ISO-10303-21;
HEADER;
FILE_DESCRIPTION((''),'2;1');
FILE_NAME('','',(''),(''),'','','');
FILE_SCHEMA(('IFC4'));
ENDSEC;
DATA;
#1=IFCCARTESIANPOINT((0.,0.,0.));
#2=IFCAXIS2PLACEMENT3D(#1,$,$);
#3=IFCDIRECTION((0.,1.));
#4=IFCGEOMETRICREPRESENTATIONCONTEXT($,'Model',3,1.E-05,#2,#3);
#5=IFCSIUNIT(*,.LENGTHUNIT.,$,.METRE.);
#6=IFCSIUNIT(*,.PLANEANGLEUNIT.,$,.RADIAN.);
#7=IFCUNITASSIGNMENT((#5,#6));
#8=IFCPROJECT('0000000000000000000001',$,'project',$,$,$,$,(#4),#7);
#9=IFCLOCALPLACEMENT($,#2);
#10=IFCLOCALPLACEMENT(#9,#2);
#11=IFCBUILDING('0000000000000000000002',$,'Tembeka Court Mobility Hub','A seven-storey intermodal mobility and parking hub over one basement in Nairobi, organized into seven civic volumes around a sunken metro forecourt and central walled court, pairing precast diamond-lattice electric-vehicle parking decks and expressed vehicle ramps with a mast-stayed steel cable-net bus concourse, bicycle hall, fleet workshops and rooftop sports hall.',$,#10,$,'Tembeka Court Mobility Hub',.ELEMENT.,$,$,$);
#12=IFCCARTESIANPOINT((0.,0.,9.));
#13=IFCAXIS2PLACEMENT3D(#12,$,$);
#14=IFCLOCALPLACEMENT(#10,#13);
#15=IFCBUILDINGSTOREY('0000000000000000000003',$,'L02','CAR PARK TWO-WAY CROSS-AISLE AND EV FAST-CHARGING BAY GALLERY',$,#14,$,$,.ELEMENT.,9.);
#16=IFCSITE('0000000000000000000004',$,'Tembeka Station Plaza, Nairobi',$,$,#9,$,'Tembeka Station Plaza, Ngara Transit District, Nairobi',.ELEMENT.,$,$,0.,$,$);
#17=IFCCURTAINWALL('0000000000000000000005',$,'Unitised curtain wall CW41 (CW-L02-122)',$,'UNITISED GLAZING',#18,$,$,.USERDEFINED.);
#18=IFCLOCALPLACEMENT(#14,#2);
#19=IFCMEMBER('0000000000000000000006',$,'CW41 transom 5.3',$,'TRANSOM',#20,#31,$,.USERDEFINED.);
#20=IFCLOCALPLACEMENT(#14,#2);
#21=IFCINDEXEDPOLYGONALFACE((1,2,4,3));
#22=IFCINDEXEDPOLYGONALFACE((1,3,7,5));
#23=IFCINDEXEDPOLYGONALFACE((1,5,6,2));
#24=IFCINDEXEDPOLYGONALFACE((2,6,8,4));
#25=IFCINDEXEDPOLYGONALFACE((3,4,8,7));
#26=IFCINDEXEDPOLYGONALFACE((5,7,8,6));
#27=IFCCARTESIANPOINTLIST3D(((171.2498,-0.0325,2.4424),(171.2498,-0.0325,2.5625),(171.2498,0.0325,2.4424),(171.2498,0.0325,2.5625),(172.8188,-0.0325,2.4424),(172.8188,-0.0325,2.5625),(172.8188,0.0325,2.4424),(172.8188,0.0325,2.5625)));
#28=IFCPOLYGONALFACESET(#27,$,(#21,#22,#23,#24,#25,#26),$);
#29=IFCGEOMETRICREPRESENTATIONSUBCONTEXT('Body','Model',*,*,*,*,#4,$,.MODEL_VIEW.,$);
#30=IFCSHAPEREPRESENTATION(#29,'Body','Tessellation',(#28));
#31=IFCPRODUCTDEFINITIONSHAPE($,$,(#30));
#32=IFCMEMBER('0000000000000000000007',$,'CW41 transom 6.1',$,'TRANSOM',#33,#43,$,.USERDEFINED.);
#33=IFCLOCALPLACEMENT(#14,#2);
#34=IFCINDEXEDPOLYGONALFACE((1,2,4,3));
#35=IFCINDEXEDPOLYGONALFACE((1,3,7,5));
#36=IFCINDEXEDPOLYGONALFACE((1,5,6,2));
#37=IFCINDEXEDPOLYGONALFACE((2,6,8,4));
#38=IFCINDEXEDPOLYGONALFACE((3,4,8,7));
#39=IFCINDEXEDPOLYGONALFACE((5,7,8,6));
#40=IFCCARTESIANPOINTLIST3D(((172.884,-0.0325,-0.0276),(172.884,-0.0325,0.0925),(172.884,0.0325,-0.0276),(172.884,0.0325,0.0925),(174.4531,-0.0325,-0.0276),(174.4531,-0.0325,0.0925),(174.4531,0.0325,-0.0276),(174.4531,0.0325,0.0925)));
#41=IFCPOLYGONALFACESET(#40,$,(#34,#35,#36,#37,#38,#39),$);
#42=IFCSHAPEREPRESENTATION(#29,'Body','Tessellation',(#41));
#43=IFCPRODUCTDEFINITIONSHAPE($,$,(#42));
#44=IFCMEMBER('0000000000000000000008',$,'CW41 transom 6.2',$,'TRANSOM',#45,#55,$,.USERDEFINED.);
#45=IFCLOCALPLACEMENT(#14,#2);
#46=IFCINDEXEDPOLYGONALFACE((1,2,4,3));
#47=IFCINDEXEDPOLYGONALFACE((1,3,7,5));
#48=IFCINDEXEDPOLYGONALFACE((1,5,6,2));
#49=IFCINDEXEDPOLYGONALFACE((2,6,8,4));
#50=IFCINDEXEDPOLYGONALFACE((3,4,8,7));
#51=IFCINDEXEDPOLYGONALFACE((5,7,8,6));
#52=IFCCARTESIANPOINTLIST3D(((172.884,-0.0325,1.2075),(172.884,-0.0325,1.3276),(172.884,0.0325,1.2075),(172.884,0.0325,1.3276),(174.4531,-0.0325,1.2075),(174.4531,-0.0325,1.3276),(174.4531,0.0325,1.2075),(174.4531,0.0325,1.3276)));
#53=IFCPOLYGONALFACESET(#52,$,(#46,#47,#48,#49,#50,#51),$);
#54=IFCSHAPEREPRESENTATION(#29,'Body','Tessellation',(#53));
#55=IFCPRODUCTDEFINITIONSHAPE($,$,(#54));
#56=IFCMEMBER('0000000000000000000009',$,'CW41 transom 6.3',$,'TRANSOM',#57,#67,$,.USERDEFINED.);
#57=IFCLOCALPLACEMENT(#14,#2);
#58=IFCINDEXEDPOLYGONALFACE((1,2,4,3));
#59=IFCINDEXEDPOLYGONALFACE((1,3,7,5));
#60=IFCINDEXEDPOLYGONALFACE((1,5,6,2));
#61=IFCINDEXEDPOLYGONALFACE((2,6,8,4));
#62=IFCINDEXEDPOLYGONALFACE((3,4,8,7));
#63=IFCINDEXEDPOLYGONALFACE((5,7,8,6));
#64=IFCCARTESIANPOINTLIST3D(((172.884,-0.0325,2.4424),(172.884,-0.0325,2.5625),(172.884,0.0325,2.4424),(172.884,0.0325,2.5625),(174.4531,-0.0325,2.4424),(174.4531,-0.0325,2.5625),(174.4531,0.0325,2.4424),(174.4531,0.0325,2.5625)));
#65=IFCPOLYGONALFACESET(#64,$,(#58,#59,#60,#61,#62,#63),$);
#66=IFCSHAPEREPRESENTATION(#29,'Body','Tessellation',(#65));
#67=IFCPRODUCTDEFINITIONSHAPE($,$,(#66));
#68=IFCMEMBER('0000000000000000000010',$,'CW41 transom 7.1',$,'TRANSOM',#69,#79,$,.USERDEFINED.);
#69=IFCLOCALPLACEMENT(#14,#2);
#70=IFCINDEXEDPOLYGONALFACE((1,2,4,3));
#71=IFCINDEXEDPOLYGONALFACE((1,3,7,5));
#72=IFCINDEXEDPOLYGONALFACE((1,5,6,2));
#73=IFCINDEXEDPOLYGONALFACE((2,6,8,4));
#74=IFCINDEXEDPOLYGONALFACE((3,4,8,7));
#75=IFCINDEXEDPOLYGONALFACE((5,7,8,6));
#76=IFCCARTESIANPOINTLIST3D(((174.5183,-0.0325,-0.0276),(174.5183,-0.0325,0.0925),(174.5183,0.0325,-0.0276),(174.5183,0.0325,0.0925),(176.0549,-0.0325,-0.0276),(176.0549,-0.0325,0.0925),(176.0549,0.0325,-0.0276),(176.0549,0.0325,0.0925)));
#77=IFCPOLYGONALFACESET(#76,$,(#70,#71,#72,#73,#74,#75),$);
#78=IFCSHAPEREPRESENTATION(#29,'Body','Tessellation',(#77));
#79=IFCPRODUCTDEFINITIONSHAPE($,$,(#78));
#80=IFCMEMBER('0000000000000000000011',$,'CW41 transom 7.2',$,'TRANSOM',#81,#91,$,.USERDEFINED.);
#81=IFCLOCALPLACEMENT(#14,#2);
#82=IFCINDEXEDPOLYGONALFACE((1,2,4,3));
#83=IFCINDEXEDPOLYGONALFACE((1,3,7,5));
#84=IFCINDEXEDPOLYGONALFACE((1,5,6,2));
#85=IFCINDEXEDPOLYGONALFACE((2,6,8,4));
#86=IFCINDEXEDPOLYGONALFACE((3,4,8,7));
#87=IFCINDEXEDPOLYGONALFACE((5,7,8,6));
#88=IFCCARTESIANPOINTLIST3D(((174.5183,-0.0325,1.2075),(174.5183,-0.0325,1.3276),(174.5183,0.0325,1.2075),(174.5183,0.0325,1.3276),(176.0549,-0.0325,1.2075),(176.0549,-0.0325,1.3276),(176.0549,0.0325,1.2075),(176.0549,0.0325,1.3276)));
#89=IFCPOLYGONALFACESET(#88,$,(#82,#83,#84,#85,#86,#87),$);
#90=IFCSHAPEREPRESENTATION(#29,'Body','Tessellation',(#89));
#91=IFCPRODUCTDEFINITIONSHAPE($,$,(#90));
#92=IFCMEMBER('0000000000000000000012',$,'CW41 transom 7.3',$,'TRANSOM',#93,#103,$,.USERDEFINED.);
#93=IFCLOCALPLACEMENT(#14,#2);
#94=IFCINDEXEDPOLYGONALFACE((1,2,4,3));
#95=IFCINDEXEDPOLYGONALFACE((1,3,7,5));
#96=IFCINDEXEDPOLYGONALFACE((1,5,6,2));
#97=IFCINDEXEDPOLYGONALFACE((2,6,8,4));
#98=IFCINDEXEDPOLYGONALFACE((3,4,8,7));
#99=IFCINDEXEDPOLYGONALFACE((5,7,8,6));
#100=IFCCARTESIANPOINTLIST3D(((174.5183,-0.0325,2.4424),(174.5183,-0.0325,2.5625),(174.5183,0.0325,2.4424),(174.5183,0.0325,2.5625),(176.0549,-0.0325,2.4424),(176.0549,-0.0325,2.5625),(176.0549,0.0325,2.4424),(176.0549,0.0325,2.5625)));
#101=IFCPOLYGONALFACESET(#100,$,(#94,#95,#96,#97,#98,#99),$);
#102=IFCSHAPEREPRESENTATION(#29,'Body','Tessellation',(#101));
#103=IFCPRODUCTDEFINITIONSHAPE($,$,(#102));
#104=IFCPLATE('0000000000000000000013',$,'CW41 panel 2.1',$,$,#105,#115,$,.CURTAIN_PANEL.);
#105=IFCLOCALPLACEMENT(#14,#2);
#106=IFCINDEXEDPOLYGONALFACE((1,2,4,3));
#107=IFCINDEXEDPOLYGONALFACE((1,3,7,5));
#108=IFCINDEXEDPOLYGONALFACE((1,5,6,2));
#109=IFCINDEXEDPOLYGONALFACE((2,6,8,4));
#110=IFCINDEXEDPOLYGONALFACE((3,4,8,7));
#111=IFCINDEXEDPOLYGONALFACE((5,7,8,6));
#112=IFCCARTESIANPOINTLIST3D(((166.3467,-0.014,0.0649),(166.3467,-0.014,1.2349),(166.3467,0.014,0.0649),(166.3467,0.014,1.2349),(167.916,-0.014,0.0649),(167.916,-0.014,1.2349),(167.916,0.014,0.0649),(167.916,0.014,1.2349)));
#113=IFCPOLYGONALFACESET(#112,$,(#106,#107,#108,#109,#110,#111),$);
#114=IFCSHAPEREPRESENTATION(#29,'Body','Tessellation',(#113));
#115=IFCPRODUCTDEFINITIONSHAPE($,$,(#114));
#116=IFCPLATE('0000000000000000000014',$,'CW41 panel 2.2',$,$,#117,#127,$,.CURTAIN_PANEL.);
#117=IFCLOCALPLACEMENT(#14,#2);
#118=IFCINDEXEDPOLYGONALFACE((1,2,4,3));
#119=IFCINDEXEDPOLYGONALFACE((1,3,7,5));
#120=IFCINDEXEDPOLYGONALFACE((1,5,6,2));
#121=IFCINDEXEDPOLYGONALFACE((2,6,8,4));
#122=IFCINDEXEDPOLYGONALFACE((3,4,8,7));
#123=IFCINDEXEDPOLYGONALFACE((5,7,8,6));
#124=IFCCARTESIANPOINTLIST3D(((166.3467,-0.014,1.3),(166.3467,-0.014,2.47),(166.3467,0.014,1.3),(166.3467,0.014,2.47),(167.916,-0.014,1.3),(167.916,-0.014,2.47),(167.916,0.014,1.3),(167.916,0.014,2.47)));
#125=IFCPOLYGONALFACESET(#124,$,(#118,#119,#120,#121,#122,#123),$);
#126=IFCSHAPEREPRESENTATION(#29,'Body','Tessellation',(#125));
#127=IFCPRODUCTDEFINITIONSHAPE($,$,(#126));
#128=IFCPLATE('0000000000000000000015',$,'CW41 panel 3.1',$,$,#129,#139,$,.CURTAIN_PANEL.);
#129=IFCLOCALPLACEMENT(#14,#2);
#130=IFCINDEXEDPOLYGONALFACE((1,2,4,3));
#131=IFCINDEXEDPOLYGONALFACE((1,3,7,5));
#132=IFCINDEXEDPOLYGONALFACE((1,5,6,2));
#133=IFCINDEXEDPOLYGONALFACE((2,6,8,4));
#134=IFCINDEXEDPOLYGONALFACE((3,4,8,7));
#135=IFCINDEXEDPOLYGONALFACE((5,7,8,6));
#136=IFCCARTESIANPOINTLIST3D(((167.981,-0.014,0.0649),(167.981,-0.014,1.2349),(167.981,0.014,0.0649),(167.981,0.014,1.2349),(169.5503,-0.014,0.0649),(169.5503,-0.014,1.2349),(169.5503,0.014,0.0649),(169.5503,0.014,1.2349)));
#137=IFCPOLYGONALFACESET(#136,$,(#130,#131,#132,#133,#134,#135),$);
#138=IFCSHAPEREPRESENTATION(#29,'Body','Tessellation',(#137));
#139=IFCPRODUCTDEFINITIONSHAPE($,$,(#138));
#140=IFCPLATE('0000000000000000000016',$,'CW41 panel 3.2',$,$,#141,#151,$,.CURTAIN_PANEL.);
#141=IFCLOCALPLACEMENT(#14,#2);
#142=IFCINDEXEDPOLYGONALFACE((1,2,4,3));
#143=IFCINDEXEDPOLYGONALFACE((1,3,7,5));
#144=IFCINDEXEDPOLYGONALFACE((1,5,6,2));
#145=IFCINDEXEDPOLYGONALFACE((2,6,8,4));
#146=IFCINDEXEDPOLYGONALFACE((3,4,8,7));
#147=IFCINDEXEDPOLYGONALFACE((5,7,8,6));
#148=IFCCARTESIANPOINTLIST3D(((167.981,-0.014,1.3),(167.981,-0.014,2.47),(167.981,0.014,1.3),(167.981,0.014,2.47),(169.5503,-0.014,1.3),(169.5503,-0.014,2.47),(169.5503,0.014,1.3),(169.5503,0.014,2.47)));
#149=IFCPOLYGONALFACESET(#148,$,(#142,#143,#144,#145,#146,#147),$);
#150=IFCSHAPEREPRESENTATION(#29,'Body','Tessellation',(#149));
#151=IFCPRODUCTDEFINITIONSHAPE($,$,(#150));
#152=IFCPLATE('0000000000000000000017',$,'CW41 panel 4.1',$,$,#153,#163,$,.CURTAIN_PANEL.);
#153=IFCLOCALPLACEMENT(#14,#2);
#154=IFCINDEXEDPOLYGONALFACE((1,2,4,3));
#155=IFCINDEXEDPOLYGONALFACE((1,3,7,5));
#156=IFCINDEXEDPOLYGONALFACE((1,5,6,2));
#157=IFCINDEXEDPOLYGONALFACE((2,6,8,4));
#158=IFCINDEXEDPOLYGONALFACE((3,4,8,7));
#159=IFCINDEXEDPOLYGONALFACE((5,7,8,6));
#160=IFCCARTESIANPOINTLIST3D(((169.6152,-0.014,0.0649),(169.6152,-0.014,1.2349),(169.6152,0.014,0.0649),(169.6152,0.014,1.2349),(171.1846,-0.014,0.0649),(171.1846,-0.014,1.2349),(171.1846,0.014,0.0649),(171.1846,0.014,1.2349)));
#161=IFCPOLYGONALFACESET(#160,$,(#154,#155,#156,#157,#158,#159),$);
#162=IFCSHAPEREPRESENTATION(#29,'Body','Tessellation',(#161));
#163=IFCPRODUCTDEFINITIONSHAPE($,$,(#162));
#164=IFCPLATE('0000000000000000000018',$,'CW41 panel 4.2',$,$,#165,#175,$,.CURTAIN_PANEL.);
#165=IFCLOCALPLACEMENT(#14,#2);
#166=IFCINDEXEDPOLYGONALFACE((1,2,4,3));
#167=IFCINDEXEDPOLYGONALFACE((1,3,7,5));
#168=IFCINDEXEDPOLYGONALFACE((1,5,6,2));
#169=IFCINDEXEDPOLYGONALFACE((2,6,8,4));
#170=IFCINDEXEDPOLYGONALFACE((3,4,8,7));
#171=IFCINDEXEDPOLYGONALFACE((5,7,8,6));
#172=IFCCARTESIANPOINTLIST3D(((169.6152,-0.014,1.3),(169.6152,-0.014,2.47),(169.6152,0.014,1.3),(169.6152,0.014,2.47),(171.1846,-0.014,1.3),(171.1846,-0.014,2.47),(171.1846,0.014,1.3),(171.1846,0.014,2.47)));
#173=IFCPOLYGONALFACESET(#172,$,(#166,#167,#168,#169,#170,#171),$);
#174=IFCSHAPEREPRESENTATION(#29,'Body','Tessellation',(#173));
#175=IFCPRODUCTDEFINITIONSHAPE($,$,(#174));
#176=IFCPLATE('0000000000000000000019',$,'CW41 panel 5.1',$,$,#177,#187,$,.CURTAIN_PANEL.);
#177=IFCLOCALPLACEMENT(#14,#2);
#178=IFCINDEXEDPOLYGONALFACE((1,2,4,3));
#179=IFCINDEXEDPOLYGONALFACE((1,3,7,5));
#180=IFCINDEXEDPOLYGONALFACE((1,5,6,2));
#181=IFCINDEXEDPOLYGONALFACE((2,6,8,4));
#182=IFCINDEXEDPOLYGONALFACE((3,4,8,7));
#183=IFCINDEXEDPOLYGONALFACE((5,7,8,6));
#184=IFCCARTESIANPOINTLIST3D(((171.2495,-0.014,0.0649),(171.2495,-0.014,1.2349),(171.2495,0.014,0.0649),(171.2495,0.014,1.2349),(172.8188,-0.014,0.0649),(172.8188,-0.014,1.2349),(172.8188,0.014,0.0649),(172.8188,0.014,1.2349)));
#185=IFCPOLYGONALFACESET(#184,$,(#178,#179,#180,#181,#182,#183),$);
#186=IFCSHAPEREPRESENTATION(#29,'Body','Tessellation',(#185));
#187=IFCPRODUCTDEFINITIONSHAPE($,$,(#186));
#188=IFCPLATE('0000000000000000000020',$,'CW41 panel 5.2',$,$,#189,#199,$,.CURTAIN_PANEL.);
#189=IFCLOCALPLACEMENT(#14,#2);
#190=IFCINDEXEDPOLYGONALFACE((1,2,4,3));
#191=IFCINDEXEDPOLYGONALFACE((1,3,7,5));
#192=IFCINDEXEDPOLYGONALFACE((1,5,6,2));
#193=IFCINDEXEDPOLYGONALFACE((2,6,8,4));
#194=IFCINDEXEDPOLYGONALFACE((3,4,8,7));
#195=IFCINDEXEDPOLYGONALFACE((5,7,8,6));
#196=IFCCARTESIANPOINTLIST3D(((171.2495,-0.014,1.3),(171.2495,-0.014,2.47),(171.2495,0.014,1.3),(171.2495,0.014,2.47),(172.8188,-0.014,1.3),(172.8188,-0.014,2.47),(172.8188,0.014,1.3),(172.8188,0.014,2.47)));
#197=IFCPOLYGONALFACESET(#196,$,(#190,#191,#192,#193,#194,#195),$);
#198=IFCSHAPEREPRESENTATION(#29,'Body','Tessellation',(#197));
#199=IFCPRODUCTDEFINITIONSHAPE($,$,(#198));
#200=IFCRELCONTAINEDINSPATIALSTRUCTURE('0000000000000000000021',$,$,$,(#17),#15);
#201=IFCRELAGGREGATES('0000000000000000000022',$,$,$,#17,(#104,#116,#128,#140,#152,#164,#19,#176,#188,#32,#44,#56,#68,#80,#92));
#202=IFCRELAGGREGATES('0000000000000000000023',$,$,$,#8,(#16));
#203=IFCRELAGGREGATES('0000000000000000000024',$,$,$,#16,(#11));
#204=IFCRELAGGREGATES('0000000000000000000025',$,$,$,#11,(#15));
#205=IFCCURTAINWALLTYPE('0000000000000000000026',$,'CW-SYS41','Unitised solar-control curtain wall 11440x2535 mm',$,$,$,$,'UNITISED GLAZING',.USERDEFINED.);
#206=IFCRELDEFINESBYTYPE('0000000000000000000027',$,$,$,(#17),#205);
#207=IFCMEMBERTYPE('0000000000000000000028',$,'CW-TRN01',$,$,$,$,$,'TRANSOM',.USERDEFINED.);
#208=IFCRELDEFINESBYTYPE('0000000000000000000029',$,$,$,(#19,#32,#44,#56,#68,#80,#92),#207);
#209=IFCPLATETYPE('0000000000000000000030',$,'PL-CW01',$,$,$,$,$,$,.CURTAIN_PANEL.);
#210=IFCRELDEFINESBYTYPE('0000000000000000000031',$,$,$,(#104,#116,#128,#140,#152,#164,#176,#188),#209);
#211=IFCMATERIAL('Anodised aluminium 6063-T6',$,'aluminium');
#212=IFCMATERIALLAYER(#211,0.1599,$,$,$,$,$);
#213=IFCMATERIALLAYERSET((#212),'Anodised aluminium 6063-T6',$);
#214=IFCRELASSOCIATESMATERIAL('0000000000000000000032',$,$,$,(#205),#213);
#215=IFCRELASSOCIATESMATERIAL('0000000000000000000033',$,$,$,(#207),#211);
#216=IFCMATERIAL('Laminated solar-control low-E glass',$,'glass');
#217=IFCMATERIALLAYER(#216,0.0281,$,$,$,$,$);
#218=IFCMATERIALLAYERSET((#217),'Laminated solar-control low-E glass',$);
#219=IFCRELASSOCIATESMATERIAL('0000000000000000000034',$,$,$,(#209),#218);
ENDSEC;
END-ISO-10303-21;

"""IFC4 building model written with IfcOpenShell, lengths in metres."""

from ifc_helpers import new_model, si_unit, direction, frame, origin, origin_2d, place, context, subcontext, project, spatial, rectangle, extrude, material, layer, layer_set, material_profile, profile_set, type_object, element, aggregate, save


model = new_model("IFC4")

# Units and contexts
model_context = context("Model", 3, precision=1e-05, world=origin(), true_north=direction((0.0, 1.0)))
body_context = subcontext(model_context, "Body", "Model", "MODEL_VIEW")
ifc_project = project(units=[si_unit("LENGTHUNIT", "METRE"), si_unit("PLANEANGLEUNIT", "RADIAN")], contexts=[model_context])

# Site, building, storey
site_placement = place(None, origin())
site = spatial("IfcSite", under=ifc_project, at=site_placement, Name="Tembeka Station Plaza, Nairobi", LongName="Tembeka Station Plaza, Ngara Transit District, Nairobi", CompositionType="ELEMENT", RefElevation=0.0)
building_placement = place(site_placement, origin())
building = spatial("IfcBuilding", under=site, at=building_placement, Name="Tembeka Court Mobility Hub", Description="A seven-storey intermodal mobility and parking hub over one basement in Nairobi, organized into seven civic volumes around a sunken metro forecourt and central walled court, pairing precast diamond-lattice electric-vehicle parking decks and expressed vehicle ramps with a mast-stayed steel cable-net bus concourse, bicycle hall, fleet workshops and rooftop sports hall.", LongName="Tembeka Court Mobility Hub", CompositionType="ELEMENT")
storey_placement = place(building_placement, frame((0.0, 0.0, 9.0)))
storey = spatial("IfcBuildingStorey", under=building, at=storey_placement, Name="L02", Description="CAR PARK TWO-WAY CROSS-AISLE AND EV FAST-CHARGING BAY GALLERY", CompositionType="ELEMENT", Elevation=9.0)

# Curtain wall, members, plates
ifc_material_1 = material(Name="Anodised aluminium 6063-T6", Category="aluminium")
ifc_layer_1 = layer(ifc_material_1, 0.1599)
ifc_layer_set_1 = layer_set([ifc_layer_1], Name="Anodised aluminium 6063-T6")
curtain_wall_type = type_object("IfcCurtainWallType", Name="CW-SYS41", Description="Unitised solar-control curtain wall 11440x2535 mm", ElementType="UNITISED GLAZING", PredefinedType="USERDEFINED", material=ifc_layer_set_1)
curtain_wall_placement = place(storey_placement, origin())
curtain_wall = element("IfcCurtainWall", 1, at=curtain_wall_placement, inside=storey, type_object=curtain_wall_type, Name="Unitised curtain wall CW41 (CW-L02-122)", ObjectType="UNITISED GLAZING", PredefinedType="USERDEFINED")
ifc_material_profile_1 = material_profile(ifc_material_1, rectangle(XDim=0.0649, YDim=0.1201, at=origin_2d()), Name="ALU-TRN 65x120")
ifc_profile_set_1 = profile_set([ifc_material_profile_1], Name="Anodised aluminium 6063-T6")
member_type_1 = type_object("IfcMemberType", Name="CW-TRN01", ElementType="TRANSOM", PredefinedType="USERDEFINED", material=ifc_profile_set_1)
member_1_placement = place(storey_placement, frame((171.2498, 0.0, 2.5024), z_axis=(1.0, 0.0, 0.0), x_axis=(0.0, 1.0, 0.0)))
member_1 = element("IfcMember", 2, at=member_1_placement, type_object=member_type_1, Name="CW41 transom 5.3", ObjectType="TRANSOM", PredefinedType="USERDEFINED", context=body_context, shape_type="SweptSolid", body=[
    extrude(rectangle(XDim=0.0649, YDim=0.1201, at=origin_2d()), origin(), (0.0, 0.0, 1.0), 1.5691),
])
member_2_placement = place(storey_placement, frame((172.884, 0.0, 0.0325), z_axis=(1.0, 0.0, 0.0), x_axis=(0.0, 1.0, 0.0)))
member_2 = element("IfcMember", 3, at=member_2_placement, type_object=member_type_1, Name="CW41 transom 6.1", ObjectType="TRANSOM", PredefinedType="USERDEFINED", context=body_context, shape_type="SweptSolid", body=[
    extrude(rectangle(XDim=0.0649, YDim=0.1201, at=origin_2d()), origin(), (0.0, 0.0, 1.0), 1.5691),
])
member_3_placement = place(storey_placement, frame((172.884, 0.0, 1.2676), z_axis=(1.0, 0.0, 0.0), x_axis=(0.0, 1.0, 0.0)))
member_3 = element("IfcMember", 4, at=member_3_placement, type_object=member_type_1, Name="CW41 transom 6.2", ObjectType="TRANSOM", PredefinedType="USERDEFINED", context=body_context, shape_type="SweptSolid", body=[
    extrude(rectangle(XDim=0.0649, YDim=0.1201, at=origin_2d()), origin(), (0.0, 0.0, 1.0), 1.5691),
])
member_4_placement = place(storey_placement, frame((172.884, 0.0, 2.5024), z_axis=(1.0, 0.0, 0.0), x_axis=(0.0, 1.0, 0.0)))
member_4 = element("IfcMember", 5, at=member_4_placement, type_object=member_type_1, Name="CW41 transom 6.3", ObjectType="TRANSOM", PredefinedType="USERDEFINED", context=body_context, shape_type="SweptSolid", body=[
    extrude(rectangle(XDim=0.0649, YDim=0.1201, at=origin_2d()), origin(), (0.0, 0.0, 1.0), 1.5691),
])
member_5_placement = place(storey_placement, frame((174.5183, 0.0, 0.0325), z_axis=(1.0, 0.0, 0.0), x_axis=(0.0, 1.0, 0.0)))
member_5 = element("IfcMember", 6, at=member_5_placement, type_object=member_type_1, Name="CW41 transom 7.1", ObjectType="TRANSOM", PredefinedType="USERDEFINED", context=body_context, shape_type="SweptSolid", body=[
    extrude(rectangle(XDim=0.0649, YDim=0.1201, at=origin_2d()), origin(), (0.0, 0.0, 1.0), 1.5366),
])
member_6_placement = place(storey_placement, frame((174.5183, 0.0, 1.2676), z_axis=(1.0, 0.0, 0.0), x_axis=(0.0, 1.0, 0.0)))
member_6 = element("IfcMember", 7, at=member_6_placement, type_object=member_type_1, Name="CW41 transom 7.2", ObjectType="TRANSOM", PredefinedType="USERDEFINED", context=body_context, shape_type="SweptSolid", body=[
    extrude(rectangle(XDim=0.0649, YDim=0.1201, at=origin_2d()), origin(), (0.0, 0.0, 1.0), 1.5366),
])
member_7_placement = place(storey_placement, frame((174.5183, 0.0, 2.5024), z_axis=(1.0, 0.0, 0.0), x_axis=(0.0, 1.0, 0.0)))
member_7 = element("IfcMember", 8, at=member_7_placement, type_object=member_type_1, Name="CW41 transom 7.3", ObjectType="TRANSOM", PredefinedType="USERDEFINED", context=body_context, shape_type="SweptSolid", body=[
    extrude(rectangle(XDim=0.0649, YDim=0.1201, at=origin_2d()), origin(), (0.0, 0.0, 1.0), 1.5366),
])
ifc_material_2 = material(Name="Laminated solar-control low-E glass", Category="glass")
ifc_layer_2 = layer(ifc_material_2, 0.0281)
ifc_layer_set_2 = layer_set([ifc_layer_2], Name="Laminated solar-control low-E glass")
plate_type = type_object("IfcPlateType", Name="PL-CW01", PredefinedType="CURTAIN_PANEL", material=ifc_layer_set_2)
plate_1_placement = place(storey_placement, frame((167.1313, 0.0, 0.0649), z_axis=(0.0, 0.0, 1.0), x_axis=(1.0, 0.0, 0.0)))
plate_1 = element("IfcPlate", 9, at=plate_1_placement, type_object=plate_type, Name="CW41 panel 2.1", PredefinedType="CURTAIN_PANEL", context=body_context, shape_type="SweptSolid", body=[
    extrude(rectangle(XDim=1.5693, YDim=0.0281, at=origin_2d()), origin(), (0.0, 0.0, 1.0), 1.1699),
])
plate_2_placement = place(storey_placement, frame((167.1313, 0.0, 1.3), z_axis=(0.0, 0.0, 1.0), x_axis=(1.0, 0.0, 0.0)))
plate_2 = element("IfcPlate", 10, at=plate_2_placement, type_object=plate_type, Name="CW41 panel 2.2", PredefinedType="CURTAIN_PANEL", context=body_context, shape_type="SweptSolid", body=[
    extrude(rectangle(XDim=1.5693, YDim=0.0281, at=origin_2d()), origin(), (0.0, 0.0, 1.0), 1.1699),
])
plate_3_placement = place(storey_placement, frame((168.7656, 0.0, 0.0649), z_axis=(0.0, 0.0, 1.0), x_axis=(1.0, 0.0, 0.0)))
plate_3 = element("IfcPlate", 11, at=plate_3_placement, type_object=plate_type, Name="CW41 panel 3.1", PredefinedType="CURTAIN_PANEL", context=body_context, shape_type="SweptSolid", body=[
    extrude(rectangle(XDim=1.5693, YDim=0.0281, at=origin_2d()), origin(), (0.0, 0.0, 1.0), 1.1699),
])
plate_4_placement = place(storey_placement, frame((168.7656, 0.0, 1.3), z_axis=(0.0, 0.0, 1.0), x_axis=(1.0, 0.0, 0.0)))
plate_4 = element("IfcPlate", 12, at=plate_4_placement, type_object=plate_type, Name="CW41 panel 3.2", PredefinedType="CURTAIN_PANEL", context=body_context, shape_type="SweptSolid", body=[
    extrude(rectangle(XDim=1.5693, YDim=0.0281, at=origin_2d()), origin(), (0.0, 0.0, 1.0), 1.1699),
])
plate_5_placement = place(storey_placement, frame((170.3999, 0.0, 0.0649), z_axis=(0.0, 0.0, 1.0), x_axis=(1.0, 0.0, 0.0)))
plate_5 = element("IfcPlate", 13, at=plate_5_placement, type_object=plate_type, Name="CW41 panel 4.1", PredefinedType="CURTAIN_PANEL", context=body_context, shape_type="SweptSolid", body=[
    extrude(rectangle(XDim=1.5693, YDim=0.0281, at=origin_2d()), origin(), (0.0, 0.0, 1.0), 1.1699),
])
plate_6_placement = place(storey_placement, frame((170.3999, 0.0, 1.3), z_axis=(0.0, 0.0, 1.0), x_axis=(1.0, 0.0, 0.0)))
plate_6 = element("IfcPlate", 14, at=plate_6_placement, type_object=plate_type, Name="CW41 panel 4.2", PredefinedType="CURTAIN_PANEL", context=body_context, shape_type="SweptSolid", body=[
    extrude(rectangle(XDim=1.5693, YDim=0.0281, at=origin_2d()), origin(), (0.0, 0.0, 1.0), 1.1699),
])
plate_7_placement = place(storey_placement, frame((172.0342, 0.0, 0.0649), z_axis=(0.0, 0.0, 1.0), x_axis=(1.0, 0.0, 0.0)))
plate_7 = element("IfcPlate", 15, at=plate_7_placement, type_object=plate_type, Name="CW41 panel 5.1", PredefinedType="CURTAIN_PANEL", context=body_context, shape_type="SweptSolid", body=[
    extrude(rectangle(XDim=1.5693, YDim=0.0281, at=origin_2d()), origin(), (0.0, 0.0, 1.0), 1.1699),
])
plate_8_placement = place(storey_placement, frame((172.0342, 0.0, 1.3), z_axis=(0.0, 0.0, 1.0), x_axis=(1.0, 0.0, 0.0)))
plate_8 = element("IfcPlate", 16, at=plate_8_placement, type_object=plate_type, Name="CW41 panel 5.2", PredefinedType="CURTAIN_PANEL", context=body_context, shape_type="SweptSolid", body=[
    extrude(rectangle(XDim=1.5693, YDim=0.0281, at=origin_2d()), origin(), (0.0, 0.0, 1.0), 1.1699),
])
aggregate(curtain_wall, [plate_1, plate_2, plate_3, plate_4, plate_5, plate_6, member_1, plate_7, plate_8, member_2, member_3, member_4, member_5, member_6, member_7])

save(model, "model.ifc")
